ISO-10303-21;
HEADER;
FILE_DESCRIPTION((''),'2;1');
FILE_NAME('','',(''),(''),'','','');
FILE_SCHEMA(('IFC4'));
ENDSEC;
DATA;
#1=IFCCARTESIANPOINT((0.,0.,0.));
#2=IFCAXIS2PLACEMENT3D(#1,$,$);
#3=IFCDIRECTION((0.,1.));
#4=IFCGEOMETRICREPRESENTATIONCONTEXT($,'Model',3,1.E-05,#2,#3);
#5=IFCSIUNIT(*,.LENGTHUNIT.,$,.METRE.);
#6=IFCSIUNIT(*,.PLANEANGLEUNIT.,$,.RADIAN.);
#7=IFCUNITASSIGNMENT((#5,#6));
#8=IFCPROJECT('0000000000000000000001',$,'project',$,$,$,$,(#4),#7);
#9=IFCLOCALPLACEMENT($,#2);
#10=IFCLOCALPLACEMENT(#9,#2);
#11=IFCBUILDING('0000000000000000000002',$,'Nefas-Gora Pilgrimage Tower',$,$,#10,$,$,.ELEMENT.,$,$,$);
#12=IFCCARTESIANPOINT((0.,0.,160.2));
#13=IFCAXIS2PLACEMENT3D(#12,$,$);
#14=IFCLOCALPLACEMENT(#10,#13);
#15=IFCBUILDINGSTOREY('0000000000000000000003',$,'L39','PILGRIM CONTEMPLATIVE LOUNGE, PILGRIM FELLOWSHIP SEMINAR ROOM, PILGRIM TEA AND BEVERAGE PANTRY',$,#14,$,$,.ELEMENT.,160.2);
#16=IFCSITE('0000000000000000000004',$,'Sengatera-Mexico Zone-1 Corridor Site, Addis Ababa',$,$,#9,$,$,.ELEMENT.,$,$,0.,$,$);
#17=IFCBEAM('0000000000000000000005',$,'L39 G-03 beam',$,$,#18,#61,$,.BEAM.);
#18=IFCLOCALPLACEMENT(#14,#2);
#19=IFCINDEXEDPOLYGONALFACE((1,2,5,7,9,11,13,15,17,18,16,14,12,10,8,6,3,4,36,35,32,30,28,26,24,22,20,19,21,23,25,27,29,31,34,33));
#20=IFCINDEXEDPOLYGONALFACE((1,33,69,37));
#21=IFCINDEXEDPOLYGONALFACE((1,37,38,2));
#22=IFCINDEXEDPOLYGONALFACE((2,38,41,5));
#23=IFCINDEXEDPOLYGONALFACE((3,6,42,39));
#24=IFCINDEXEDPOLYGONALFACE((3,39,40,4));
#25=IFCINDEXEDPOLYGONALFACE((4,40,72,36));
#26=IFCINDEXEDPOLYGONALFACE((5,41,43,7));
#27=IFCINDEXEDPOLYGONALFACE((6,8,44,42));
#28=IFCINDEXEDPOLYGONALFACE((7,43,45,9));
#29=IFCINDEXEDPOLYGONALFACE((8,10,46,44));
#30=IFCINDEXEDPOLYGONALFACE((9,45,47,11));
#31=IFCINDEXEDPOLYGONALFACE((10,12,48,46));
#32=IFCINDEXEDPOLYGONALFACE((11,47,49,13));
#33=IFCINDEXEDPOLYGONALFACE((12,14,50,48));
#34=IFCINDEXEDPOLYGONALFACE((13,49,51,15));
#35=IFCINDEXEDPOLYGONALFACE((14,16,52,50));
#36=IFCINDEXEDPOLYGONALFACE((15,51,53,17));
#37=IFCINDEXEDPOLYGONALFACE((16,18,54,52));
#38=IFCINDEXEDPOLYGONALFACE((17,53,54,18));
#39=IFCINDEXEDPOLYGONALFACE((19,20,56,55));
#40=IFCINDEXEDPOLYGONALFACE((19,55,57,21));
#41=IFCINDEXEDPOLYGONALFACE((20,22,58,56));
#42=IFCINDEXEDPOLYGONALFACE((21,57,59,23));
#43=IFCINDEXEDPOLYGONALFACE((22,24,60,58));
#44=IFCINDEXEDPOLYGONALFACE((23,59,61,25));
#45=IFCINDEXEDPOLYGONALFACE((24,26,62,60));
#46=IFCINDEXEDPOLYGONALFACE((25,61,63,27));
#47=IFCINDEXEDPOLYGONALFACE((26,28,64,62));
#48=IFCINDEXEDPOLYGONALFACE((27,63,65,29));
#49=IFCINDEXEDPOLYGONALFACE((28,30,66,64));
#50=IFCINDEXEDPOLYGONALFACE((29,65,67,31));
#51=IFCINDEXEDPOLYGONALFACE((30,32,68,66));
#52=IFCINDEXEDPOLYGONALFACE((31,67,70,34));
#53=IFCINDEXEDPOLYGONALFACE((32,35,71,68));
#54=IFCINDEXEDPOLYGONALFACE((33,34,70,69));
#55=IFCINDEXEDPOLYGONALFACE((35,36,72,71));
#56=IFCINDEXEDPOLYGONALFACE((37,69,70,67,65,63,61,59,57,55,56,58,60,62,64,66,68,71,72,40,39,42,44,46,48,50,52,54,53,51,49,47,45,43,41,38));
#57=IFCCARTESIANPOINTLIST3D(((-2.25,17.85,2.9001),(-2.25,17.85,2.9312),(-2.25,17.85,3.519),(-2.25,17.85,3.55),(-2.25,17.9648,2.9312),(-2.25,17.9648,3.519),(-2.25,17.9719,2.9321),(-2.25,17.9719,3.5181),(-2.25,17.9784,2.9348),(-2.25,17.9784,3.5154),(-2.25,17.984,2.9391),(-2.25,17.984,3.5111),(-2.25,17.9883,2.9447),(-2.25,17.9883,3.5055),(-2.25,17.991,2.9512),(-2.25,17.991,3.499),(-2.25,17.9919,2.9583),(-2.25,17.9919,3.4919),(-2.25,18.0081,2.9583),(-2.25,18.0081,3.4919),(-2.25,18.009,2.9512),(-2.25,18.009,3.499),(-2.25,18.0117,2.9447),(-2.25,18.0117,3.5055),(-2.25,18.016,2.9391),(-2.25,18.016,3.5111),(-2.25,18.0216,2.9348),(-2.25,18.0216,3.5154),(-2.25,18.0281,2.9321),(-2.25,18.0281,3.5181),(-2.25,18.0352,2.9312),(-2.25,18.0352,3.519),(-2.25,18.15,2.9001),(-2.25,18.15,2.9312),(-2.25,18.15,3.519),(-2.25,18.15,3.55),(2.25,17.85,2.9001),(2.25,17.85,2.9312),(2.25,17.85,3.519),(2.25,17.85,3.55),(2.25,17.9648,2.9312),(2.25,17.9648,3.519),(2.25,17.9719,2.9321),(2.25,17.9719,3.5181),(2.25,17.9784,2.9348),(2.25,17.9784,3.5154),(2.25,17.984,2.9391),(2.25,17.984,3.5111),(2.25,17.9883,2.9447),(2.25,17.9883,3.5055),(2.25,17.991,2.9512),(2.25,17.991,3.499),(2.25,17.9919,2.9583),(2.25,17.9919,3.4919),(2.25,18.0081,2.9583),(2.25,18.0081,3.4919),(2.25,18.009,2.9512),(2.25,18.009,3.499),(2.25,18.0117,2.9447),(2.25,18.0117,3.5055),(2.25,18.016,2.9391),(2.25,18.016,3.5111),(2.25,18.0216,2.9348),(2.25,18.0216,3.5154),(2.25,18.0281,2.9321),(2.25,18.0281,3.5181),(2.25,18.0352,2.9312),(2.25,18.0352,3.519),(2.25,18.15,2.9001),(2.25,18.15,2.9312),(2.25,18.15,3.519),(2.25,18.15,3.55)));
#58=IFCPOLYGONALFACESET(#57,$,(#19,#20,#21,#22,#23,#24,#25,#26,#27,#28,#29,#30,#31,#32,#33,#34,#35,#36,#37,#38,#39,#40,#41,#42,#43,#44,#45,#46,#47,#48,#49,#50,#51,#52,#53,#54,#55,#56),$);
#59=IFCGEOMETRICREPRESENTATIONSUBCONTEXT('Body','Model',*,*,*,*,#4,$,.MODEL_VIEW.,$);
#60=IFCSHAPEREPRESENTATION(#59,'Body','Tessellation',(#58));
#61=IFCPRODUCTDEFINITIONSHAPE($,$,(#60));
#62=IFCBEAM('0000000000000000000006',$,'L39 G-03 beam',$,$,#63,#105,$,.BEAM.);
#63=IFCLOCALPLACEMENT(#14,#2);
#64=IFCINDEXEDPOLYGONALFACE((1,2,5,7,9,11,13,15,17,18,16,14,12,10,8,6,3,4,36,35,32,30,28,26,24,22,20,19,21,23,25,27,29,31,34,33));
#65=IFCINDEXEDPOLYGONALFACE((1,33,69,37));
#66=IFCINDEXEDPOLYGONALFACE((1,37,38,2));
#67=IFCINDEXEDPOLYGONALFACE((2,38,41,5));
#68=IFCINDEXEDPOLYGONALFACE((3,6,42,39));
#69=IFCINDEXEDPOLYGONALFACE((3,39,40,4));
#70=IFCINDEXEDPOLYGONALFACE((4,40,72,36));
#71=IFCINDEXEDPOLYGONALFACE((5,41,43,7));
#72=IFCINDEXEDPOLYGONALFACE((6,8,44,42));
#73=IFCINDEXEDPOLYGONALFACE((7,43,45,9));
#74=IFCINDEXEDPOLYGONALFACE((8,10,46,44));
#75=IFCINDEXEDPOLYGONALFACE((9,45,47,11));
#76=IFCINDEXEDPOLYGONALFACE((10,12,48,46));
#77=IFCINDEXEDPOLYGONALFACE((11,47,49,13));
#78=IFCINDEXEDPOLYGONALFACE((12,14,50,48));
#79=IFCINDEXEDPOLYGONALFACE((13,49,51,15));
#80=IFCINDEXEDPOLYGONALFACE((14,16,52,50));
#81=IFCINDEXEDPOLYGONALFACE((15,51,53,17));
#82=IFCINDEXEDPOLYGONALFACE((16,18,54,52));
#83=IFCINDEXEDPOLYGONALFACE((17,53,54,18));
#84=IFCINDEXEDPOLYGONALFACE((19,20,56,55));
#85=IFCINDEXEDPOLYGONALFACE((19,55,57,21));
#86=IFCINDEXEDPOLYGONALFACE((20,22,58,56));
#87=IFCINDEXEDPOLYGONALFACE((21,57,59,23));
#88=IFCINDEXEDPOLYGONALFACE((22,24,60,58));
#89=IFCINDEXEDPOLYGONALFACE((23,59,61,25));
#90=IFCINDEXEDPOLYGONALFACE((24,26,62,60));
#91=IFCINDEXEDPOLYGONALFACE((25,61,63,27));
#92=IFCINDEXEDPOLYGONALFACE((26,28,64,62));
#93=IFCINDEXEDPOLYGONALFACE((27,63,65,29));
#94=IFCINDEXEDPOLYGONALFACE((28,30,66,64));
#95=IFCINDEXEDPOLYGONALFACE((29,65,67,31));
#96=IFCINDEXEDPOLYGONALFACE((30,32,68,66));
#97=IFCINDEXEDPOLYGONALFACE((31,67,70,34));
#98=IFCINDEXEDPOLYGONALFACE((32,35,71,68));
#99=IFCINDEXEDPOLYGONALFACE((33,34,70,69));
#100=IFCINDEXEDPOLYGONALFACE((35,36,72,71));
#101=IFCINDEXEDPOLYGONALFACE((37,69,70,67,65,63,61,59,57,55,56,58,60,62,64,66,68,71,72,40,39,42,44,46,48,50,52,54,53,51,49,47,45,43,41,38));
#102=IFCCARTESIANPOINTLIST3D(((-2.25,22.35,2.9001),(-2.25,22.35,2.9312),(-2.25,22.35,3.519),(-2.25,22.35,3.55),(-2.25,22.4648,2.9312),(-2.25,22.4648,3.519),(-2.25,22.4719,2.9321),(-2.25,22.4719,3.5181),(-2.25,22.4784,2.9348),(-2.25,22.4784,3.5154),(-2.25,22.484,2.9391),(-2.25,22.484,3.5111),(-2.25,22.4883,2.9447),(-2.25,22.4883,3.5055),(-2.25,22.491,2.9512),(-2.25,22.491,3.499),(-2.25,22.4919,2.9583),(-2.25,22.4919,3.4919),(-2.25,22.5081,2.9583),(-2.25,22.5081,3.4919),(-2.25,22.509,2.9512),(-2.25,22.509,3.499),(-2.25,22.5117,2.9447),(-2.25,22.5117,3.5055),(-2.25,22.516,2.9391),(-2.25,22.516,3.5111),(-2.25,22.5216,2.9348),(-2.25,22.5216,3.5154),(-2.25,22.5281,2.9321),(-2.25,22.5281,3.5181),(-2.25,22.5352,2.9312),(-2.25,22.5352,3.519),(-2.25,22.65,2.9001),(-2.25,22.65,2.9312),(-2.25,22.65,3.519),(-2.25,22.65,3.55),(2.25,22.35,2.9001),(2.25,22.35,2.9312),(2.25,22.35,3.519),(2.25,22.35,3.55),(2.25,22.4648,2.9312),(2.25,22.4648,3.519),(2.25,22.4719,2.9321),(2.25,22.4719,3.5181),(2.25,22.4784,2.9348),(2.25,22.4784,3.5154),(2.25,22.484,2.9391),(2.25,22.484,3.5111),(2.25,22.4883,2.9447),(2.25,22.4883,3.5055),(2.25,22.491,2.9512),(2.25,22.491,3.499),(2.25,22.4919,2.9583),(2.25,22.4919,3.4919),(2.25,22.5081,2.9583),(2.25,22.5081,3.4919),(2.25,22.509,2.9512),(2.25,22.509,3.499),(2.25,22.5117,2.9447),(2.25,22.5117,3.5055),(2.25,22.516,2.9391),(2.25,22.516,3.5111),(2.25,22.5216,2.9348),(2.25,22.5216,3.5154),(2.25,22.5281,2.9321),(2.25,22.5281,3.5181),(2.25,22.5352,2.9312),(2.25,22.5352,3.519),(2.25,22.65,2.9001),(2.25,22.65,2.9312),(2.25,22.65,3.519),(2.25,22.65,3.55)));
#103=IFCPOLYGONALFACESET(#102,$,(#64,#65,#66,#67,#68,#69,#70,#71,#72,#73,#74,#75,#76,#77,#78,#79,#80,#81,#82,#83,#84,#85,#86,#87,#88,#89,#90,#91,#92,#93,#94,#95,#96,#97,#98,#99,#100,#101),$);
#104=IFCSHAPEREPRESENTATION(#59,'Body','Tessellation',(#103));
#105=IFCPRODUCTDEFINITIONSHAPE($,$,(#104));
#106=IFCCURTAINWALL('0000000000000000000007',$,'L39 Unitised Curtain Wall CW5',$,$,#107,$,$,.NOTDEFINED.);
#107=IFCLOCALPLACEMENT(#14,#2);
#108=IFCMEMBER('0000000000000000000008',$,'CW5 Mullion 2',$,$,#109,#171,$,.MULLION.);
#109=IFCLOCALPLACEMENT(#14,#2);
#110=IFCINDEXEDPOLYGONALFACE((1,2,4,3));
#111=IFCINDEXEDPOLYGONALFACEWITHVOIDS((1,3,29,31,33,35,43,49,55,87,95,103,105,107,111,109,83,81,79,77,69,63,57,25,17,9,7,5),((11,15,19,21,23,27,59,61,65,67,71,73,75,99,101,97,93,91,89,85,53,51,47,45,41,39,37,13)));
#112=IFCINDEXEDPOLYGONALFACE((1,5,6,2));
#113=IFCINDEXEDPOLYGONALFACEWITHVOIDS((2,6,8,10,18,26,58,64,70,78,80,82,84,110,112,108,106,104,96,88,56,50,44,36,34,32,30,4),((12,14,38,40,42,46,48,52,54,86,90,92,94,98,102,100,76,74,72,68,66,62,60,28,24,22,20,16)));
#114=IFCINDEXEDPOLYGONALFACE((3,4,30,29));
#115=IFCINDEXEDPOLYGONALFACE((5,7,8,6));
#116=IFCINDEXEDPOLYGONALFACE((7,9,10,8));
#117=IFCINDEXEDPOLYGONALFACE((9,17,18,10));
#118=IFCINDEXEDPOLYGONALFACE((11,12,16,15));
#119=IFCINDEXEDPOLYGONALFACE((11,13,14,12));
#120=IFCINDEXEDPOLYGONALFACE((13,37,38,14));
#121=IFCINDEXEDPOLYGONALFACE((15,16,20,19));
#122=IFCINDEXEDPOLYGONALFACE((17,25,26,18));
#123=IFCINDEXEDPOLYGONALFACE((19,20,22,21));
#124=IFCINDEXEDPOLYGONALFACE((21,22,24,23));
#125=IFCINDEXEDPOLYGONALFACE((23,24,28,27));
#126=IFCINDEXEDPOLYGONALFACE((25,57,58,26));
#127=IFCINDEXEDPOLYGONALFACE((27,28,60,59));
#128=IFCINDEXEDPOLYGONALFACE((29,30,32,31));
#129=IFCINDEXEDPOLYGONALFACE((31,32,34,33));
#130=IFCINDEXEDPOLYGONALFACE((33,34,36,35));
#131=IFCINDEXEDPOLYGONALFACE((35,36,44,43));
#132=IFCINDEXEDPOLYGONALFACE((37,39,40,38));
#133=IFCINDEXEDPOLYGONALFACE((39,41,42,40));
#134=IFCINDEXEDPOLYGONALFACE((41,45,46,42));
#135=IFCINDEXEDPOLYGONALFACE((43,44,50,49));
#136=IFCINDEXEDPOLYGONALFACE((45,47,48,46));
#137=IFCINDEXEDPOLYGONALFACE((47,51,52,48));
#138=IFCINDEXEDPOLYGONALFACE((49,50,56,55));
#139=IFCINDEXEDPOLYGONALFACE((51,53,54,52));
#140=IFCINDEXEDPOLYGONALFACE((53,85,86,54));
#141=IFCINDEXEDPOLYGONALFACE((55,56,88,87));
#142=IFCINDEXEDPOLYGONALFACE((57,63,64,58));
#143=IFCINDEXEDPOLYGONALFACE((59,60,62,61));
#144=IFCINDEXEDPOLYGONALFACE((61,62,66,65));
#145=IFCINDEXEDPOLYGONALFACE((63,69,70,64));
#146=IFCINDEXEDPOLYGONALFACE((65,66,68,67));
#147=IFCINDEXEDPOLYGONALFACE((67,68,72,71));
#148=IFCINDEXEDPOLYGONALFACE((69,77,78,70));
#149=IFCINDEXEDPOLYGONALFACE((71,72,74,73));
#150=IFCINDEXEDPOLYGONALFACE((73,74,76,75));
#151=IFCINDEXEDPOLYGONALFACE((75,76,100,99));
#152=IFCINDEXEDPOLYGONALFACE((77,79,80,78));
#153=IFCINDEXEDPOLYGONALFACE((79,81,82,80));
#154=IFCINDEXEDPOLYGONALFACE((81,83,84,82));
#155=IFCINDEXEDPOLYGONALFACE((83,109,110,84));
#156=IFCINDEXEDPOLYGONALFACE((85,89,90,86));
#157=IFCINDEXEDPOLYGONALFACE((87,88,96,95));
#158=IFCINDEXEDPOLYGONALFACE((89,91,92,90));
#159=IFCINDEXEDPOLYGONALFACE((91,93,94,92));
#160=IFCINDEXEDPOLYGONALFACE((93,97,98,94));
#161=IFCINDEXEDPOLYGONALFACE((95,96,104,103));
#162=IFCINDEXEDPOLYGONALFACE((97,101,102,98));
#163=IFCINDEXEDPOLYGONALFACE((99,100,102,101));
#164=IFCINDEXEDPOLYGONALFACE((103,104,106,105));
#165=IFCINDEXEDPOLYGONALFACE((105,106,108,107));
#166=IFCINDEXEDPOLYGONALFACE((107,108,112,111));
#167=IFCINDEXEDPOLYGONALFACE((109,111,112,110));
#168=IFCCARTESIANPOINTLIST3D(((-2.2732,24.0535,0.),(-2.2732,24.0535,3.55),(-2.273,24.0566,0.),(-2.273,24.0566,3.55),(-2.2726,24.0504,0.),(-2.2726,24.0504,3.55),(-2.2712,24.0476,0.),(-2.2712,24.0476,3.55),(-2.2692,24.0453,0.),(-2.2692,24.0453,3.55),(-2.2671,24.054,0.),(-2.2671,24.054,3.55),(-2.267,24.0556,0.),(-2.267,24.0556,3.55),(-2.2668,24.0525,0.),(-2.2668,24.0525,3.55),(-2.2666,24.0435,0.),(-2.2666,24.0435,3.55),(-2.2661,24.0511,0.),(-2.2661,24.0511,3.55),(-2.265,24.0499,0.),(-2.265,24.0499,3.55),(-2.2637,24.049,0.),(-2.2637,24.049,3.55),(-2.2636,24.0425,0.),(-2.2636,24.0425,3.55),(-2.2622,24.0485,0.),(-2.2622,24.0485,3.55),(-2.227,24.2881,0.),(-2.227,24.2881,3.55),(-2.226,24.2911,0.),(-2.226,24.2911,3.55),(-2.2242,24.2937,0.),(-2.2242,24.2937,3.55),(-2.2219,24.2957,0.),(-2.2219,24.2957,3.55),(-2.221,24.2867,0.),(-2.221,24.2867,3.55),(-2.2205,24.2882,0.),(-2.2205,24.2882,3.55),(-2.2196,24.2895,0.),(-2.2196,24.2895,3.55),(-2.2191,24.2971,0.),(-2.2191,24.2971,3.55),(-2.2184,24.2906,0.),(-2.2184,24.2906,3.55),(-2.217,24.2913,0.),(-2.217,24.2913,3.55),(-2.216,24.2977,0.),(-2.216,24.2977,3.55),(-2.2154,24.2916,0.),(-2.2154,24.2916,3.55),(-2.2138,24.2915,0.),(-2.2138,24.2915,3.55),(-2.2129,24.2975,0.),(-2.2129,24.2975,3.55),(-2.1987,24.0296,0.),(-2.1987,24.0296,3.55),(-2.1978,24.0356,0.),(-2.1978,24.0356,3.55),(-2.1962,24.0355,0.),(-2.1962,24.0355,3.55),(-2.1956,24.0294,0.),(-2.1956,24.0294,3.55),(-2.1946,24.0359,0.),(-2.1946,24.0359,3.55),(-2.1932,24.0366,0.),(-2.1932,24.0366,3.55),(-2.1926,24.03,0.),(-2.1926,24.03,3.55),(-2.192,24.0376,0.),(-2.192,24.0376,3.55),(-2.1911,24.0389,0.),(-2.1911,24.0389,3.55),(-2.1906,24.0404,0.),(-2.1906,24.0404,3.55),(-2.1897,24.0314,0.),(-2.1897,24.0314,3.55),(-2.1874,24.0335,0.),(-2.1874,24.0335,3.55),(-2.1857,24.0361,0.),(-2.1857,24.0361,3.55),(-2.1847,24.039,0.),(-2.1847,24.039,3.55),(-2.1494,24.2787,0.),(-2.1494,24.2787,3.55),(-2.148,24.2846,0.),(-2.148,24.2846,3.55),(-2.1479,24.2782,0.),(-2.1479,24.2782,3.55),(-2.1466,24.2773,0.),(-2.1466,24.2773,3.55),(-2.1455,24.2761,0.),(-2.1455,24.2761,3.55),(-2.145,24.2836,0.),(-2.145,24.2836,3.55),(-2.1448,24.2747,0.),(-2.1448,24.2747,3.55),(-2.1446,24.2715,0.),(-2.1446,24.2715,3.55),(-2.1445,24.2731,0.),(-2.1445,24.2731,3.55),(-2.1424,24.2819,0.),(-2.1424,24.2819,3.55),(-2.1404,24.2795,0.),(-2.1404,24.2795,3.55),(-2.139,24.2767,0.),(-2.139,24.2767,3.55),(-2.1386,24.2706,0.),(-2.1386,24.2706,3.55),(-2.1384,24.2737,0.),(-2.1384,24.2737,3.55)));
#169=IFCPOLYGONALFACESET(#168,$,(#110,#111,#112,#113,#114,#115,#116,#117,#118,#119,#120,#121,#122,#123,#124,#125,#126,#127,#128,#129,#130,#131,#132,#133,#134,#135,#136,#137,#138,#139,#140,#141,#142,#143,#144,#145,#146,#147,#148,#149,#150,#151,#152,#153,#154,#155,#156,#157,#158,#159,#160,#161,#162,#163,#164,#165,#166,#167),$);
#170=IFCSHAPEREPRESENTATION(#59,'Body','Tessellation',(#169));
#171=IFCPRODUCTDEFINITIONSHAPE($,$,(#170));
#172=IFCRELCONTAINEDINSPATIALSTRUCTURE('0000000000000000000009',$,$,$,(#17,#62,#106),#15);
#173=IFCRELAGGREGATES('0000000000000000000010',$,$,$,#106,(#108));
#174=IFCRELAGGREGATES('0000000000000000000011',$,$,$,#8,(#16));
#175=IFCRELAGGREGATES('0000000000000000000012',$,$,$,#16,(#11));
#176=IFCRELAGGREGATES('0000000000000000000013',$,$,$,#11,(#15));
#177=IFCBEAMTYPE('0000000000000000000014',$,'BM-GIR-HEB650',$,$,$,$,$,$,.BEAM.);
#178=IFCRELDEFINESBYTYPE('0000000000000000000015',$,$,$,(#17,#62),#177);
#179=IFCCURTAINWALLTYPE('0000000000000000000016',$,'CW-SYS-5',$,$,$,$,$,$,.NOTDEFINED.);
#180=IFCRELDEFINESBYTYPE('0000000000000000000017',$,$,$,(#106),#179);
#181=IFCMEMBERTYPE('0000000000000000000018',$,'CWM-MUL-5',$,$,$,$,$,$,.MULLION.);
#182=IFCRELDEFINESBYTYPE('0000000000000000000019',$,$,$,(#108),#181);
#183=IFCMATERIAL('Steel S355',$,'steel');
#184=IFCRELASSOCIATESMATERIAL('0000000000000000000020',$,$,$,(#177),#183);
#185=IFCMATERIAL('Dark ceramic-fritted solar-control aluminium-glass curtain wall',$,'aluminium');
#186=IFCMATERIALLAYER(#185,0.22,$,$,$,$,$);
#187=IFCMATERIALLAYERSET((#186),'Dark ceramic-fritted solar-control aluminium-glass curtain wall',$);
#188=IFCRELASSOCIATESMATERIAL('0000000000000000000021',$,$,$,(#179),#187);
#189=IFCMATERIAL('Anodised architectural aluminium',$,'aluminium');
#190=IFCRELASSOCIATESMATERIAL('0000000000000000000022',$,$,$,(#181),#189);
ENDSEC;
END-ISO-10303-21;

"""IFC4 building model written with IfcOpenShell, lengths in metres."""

from ifc_helpers import new_model, si_unit, direction, frame, origin, origin_2d, place, context, subcontext, project, spatial, hollow_rectangle, i_section, extrude, source, transform, mapped, material, layer, layer_set, material_profile, profile_set, type_object, element, aggregate, save


model = new_model("IFC4")

# Units and contexts
model_context = context("Model", 3, precision=1e-05, world=origin(), true_north=direction((0.0, 1.0)))
body_context = subcontext(model_context, "Body", "Model", "MODEL_VIEW")
ifc_project = project(units=[si_unit("LENGTHUNIT", "METRE"), si_unit("PLANEANGLEUNIT", "RADIAN")], contexts=[model_context])

# Site, building, storey
site_placement = place(None, origin())
site = spatial("IfcSite", under=ifc_project, at=site_placement, Name="Sengatera-Mexico Zone-1 Corridor Site, Addis Ababa", CompositionType="ELEMENT", RefElevation=0.0)
building_placement = place(site_placement, origin())
building = spatial("IfcBuilding", under=site, at=building_placement, Name="Nefas-Gora Pilgrimage Tower", CompositionType="ELEMENT")
storey_placement = place(building_placement, frame((0.0, 0.0, 160.2)))
storey = spatial("IfcBuildingStorey", under=building, at=storey_placement, Name="L39", Description="PILGRIM CONTEMPLATIVE LOUNGE, PILGRIM FELLOWSHIP SEMINAR ROOM, PILGRIM TEA AND BEVERAGE PANTRY", CompositionType="ELEMENT", Elevation=160.2)

# Beams
ifc_material_1 = material(Name="Steel S355", Category="steel")
ifc_material_profile_1 = material_profile(ifc_material_1, i_section(OverallWidth=0.3, OverallDepth=0.6499, WebThickness=0.0161, FlangeThickness=0.031, FilletRadius=0.0271, at=origin_2d()), Name="HEB 650")
ifc_profile_set_1 = profile_set([ifc_material_profile_1], Name="Steel S355")
beam_type = type_object("IfcBeamType", Name="BM-GIR-HEB650", PredefinedType="BEAM", material=ifc_profile_set_1)
shared_shape_1 = source(origin(), body_context, "Body", "SweptSolid", [
    extrude(i_section(OverallWidth=0.3, OverallDepth=0.6499, WebThickness=0.0161, FlangeThickness=0.031, FilletRadius=0.0271, at=origin_2d()), origin(), (0.0, 0.0, 1.0), 4.5),
])
for number, where, z_axis, x_axis, name in (
    (1, (-2.25, 18.0, 3.2251), (1.0, 0.0, 0.0), (0.0, 1.0, 0.0), "L39 G-03 beam"),
    (2, (-2.25, 22.5, 3.2251), (1.0, 0.0, 0.0), (0.0, 1.0, 0.0), "L39 G-03 beam"),
):
    element("IfcBeam", number, at=place(storey_placement, frame(where, z_axis=z_axis, x_axis=x_axis)), inside=storey, type_object=beam_type, Name=name, PredefinedType="BEAM", context=body_context, shape_type="MappedRepresentation", body=[
        mapped(shared_shape_1, transform((0.0, 0.0, 0.0), x_axis=(1.0, 0.0, 0.0), y_axis=(0.0, 1.0, 0.0), z_axis=(0.0, 0.0, 1.0), scale=1.0)),
    ])

# Curtain wall, member
ifc_material_2 = material(Name="Dark ceramic-fritted solar-control aluminium-glass curtain wall", Category="aluminium")
ifc_layer_1 = layer(ifc_material_2, 0.22)
ifc_layer_set_1 = layer_set([ifc_layer_1], Name="Dark ceramic-fritted solar-control aluminium-glass curtain wall")
curtain_wall_type = type_object("IfcCurtainWallType", Name="CW-SYS-5", PredefinedType="NOTDEFINED", material=ifc_layer_set_1)
curtain_wall_1_placement = place(storey_placement, origin())
curtain_wall_1 = element("IfcCurtainWall", 3, at=curtain_wall_1_placement, inside=storey, type_object=curtain_wall_type, Name="L39 Unitised Curtain Wall CW5", PredefinedType="NOTDEFINED")
ifc_material_3 = material(Name="Anodised architectural aluminium", Category="aluminium")
ifc_material_profile_2 = material_profile(ifc_material_3, hollow_rectangle(XDim=0.0901, YDim=0.26, WallThickness=0.0061, InnerFilletRadius=0.0061, OuterFilletRadius=0.012, at=origin_2d()), Name="ALU MULLION 90x260")
ifc_profile_set_2 = profile_set([ifc_material_profile_2], Name="Anodised architectural aluminium")
member_type_1 = type_object("IfcMemberType", Name="CWM-MUL-5", PredefinedType="MULLION", material=ifc_profile_set_2)
shared_shape_2 = source(origin(), body_context, "Body", "SweptSolid", [
    extrude(hollow_rectangle(XDim=0.0901, YDim=0.26, WallThickness=0.0061, InnerFilletRadius=0.0061, OuterFilletRadius=0.012, at=origin_2d()), origin(), (0.0, 0.0, 1.0), 3.55),
])
member_1_placement = place(storey_placement, frame((-2.2058, 24.1636, 0.0), z_axis=(0.0, 0.0, 1.0), x_axis=(-0.980783, 0.195102, 0.0)))
member_1 = element("IfcMember", 4, at=member_1_placement, type_object=member_type_1, Name="CW5 Mullion 2", PredefinedType="MULLION", context=body_context, shape_type="MappedRepresentation", body=[
    mapped(shared_shape_2, transform((0.0, 0.0, 0.0), x_axis=(1.0, 0.0, 0.0), y_axis=(0.0, 1.0, 0.0), z_axis=(0.0, 0.0, 1.0), scale=1.0)),
])
aggregate(curtain_wall_1, [member_1])

save(model, "model.ifc")
